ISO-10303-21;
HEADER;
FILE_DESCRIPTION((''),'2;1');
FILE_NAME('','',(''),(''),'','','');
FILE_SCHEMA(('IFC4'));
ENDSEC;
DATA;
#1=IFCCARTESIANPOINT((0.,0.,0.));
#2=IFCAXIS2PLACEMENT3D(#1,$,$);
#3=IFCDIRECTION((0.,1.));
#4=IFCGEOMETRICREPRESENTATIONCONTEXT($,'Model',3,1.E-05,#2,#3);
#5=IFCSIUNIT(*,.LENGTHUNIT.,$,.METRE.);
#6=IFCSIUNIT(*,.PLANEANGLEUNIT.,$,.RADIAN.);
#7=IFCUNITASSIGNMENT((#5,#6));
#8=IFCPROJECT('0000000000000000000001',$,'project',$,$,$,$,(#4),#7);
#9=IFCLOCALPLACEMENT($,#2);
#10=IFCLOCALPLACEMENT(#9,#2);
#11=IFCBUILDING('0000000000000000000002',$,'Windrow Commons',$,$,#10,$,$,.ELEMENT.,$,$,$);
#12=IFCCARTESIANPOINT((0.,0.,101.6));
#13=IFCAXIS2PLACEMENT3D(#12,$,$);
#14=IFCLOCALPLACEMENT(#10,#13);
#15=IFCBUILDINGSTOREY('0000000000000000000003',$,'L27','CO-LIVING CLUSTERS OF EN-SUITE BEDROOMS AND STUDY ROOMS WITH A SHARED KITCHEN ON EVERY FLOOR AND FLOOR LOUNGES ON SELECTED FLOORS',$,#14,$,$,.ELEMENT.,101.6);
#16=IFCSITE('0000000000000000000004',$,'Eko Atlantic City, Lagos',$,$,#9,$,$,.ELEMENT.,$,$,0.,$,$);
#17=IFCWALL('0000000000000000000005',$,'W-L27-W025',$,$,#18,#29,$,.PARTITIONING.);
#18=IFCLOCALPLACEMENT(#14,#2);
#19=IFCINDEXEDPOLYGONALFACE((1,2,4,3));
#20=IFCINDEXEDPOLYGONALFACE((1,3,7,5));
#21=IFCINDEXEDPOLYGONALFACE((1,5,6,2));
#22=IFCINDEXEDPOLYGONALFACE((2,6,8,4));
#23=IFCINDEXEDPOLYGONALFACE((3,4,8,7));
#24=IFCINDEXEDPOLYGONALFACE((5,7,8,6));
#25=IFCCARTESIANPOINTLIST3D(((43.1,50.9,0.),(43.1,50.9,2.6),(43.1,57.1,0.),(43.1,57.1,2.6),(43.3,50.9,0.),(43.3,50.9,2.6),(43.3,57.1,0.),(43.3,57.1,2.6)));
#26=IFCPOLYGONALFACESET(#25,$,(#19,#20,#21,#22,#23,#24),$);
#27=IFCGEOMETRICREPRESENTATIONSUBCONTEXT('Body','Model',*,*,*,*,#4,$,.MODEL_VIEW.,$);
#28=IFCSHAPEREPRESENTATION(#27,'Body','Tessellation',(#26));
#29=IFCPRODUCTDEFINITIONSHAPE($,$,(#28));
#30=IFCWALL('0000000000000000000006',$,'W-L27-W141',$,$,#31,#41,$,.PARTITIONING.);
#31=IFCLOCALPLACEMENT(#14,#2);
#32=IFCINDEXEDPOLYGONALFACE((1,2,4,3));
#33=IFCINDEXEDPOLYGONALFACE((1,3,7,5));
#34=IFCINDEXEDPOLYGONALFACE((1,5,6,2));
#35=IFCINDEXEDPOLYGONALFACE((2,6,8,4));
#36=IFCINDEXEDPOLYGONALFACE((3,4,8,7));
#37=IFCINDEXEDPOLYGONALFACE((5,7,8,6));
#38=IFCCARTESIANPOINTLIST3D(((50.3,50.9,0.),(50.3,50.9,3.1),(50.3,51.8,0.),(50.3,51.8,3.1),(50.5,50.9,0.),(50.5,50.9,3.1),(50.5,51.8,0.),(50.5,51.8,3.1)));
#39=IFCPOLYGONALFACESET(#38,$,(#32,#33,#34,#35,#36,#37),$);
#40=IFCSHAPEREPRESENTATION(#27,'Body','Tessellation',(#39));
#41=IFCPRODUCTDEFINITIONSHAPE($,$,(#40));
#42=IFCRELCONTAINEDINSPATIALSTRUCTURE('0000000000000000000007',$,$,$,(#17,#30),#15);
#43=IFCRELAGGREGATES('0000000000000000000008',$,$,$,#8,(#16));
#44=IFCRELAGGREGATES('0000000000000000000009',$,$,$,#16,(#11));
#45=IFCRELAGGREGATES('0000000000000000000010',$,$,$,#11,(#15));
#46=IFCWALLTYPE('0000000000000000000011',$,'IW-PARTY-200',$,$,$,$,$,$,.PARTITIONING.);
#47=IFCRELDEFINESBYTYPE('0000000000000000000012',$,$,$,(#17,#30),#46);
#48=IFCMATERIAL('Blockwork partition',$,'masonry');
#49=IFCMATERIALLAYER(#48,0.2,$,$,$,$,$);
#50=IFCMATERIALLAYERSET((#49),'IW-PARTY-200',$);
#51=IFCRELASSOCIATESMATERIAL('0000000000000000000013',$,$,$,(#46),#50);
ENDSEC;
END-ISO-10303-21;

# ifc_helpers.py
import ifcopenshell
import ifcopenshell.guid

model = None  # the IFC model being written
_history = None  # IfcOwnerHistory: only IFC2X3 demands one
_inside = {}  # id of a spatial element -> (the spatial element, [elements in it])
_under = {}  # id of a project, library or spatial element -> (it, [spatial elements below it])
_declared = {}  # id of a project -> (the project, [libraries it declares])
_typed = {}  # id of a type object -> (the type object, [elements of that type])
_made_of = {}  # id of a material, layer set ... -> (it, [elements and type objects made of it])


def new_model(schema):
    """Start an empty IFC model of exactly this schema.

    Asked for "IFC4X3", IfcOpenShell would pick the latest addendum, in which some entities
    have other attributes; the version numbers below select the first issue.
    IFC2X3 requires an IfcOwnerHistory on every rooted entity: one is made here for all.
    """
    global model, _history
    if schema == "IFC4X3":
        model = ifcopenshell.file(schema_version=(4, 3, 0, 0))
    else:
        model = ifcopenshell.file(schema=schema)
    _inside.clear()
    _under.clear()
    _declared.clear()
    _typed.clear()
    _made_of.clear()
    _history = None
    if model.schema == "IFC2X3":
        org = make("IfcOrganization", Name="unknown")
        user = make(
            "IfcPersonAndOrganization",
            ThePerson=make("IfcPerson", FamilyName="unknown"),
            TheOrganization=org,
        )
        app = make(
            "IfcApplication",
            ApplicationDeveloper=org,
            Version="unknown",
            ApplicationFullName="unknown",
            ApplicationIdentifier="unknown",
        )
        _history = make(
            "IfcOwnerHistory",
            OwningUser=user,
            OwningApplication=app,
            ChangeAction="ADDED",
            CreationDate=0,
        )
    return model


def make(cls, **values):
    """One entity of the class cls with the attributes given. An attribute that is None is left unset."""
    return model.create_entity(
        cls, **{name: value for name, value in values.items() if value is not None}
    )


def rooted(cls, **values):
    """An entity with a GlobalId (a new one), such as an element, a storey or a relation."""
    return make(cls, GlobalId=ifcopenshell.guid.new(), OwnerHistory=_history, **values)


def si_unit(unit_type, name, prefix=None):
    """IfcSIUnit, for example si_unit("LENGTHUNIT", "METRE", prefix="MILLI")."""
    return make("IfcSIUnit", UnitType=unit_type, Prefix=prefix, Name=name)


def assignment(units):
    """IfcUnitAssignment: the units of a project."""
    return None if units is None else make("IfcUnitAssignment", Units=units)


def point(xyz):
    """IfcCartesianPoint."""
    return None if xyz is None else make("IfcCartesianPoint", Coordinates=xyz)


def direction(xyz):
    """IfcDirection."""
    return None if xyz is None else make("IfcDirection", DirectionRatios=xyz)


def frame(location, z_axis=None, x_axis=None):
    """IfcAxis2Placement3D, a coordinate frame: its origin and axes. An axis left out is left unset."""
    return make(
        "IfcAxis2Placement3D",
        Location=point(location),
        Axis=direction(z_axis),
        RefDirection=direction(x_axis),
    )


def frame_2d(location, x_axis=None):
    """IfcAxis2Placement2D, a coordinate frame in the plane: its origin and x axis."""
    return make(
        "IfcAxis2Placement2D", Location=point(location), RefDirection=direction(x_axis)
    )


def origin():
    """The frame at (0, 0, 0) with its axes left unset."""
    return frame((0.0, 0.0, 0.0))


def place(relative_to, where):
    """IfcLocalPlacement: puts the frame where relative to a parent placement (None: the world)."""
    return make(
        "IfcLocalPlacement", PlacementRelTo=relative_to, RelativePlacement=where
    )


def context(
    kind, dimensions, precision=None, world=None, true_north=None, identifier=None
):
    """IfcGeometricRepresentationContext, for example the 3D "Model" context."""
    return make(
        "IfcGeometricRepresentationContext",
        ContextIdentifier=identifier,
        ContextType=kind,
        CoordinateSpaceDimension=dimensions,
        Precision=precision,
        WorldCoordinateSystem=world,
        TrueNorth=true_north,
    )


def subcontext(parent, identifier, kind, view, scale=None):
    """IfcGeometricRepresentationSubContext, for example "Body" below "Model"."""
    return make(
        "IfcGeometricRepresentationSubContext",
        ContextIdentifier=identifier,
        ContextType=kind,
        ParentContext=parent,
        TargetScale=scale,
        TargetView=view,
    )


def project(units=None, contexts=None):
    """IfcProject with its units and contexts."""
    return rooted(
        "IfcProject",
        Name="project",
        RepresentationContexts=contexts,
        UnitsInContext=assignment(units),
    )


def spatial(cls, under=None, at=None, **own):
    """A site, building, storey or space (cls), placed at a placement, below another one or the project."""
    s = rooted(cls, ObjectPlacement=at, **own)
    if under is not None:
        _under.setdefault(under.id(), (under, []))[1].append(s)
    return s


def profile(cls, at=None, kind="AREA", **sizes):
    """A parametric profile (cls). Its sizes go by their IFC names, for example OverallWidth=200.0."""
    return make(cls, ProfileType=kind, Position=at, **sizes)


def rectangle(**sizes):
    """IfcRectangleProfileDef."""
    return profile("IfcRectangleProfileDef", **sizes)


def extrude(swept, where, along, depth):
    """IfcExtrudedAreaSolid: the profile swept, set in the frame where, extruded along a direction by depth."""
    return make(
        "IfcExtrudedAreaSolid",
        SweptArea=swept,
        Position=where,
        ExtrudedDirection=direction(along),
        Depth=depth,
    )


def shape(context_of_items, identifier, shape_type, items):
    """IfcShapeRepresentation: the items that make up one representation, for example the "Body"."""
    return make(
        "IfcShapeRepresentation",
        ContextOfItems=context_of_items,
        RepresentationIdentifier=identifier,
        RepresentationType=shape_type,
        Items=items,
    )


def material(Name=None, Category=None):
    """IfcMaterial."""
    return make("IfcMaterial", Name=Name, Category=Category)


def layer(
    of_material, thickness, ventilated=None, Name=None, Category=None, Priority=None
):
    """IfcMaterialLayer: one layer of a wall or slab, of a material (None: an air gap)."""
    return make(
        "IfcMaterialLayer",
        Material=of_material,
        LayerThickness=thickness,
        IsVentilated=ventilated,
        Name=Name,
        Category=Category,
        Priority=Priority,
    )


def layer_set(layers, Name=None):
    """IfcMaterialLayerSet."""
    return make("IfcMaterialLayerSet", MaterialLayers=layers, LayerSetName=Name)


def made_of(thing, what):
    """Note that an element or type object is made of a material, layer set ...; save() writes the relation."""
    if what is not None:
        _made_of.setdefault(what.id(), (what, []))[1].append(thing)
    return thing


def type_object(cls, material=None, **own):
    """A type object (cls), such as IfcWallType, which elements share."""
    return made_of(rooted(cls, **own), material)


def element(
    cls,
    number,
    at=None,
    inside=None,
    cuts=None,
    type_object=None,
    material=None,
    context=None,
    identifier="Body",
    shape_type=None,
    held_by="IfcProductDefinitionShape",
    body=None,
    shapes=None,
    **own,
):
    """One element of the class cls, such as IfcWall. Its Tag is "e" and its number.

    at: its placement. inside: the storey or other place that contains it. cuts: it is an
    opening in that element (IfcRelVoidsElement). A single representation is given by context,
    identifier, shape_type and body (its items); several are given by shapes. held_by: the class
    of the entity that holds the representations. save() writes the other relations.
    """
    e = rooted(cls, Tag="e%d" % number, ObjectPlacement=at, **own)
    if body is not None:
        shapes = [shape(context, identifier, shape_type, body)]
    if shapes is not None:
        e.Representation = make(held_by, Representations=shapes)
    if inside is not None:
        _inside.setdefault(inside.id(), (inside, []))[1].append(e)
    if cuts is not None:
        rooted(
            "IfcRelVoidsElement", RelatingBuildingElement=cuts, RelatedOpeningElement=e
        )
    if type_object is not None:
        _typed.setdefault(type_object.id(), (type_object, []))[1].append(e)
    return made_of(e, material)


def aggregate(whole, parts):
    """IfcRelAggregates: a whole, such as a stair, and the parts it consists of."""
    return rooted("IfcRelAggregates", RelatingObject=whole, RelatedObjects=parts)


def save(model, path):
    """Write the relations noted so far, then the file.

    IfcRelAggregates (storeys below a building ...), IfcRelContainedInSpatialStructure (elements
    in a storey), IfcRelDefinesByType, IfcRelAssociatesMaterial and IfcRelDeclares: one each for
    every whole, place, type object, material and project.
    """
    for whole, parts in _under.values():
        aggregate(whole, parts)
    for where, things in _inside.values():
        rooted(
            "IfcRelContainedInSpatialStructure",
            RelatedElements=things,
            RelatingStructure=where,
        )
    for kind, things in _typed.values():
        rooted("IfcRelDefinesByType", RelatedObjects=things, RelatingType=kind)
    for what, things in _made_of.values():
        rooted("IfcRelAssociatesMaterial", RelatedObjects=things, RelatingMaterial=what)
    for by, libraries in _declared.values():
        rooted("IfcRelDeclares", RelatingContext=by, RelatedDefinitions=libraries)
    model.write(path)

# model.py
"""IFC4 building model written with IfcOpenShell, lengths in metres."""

from ifc_helpers import new_model, si_unit, direction, frame, frame_2d, origin, place, context, subcontext, project, spatial, rectangle, extrude, material, layer, layer_set, type_object, element, save


model = new_model("IFC4")

# Units and contexts
model_context = context("Model", 3, precision=1e-05, world=origin(), true_north=direction((0.0, 1.0)))
body_context = subcontext(model_context, "Body", "Model", "MODEL_VIEW")
ifc_project = project(units=[si_unit("LENGTHUNIT", "METRE"), si_unit("PLANEANGLEUNIT", "RADIAN")], contexts=[model_context])

# Site, building, storey
site_placement = place(None, origin())
site = spatial("IfcSite", under=ifc_project, at=site_placement, Name="Eko Atlantic City, Lagos", CompositionType="ELEMENT", RefElevation=0.0)
building_placement = place(site_placement, origin())
building = spatial("IfcBuilding", under=site, at=building_placement, Name="Windrow Commons", CompositionType="ELEMENT")
storey_placement = place(building_placement, frame((0.0, 0.0, 101.6)))
storey = spatial("IfcBuildingStorey", under=building, at=storey_placement, Name="L27", Description="CO-LIVING CLUSTERS OF EN-SUITE BEDROOMS AND STUDY ROOMS WITH A SHARED KITCHEN ON EVERY FLOOR AND FLOOR LOUNGES ON SELECTED FLOORS", CompositionType="ELEMENT", Elevation=101.6)

# Walls
ifc_material_1 = material(Name="Blockwork partition", Category="masonry")
ifc_layer_1 = layer(ifc_material_1, 0.2)
ifc_layer_set_1 = layer_set([ifc_layer_1], Name="IW-PARTY-200")
wall_type_1 = type_object("IfcWallType", Name="IW-PARTY-200", PredefinedType="PARTITIONING", material=ifc_layer_set_1)
wall_1_placement = place(storey_placement, frame((43.2, 50.9, 0.0), z_axis=(0.0, 0.0, 1.0), x_axis=(0.0, 1.0, 0.0)))
element("IfcWall", 1, at=wall_1_placement, inside=storey, type_object=wall_type_1, Name="W-L27-W025", PredefinedType="PARTITIONING", context=body_context, shape_type="SweptSolid", body=[
    extrude(rectangle(XDim=6.2, YDim=0.2, at=frame_2d((3.1, 0.0))), origin(), (0.0, 0.0, 1.0), 2.6),
])
wall_2_placement = place(storey_placement, frame((50.4, 50.9, 0.0), z_axis=(0.0, 0.0, 1.0), x_axis=(0.0, 1.0, 0.0)))
element("IfcWall", 2, at=wall_2_placement, inside=storey, type_object=wall_type_1, Name="W-L27-W141", PredefinedType="PARTITIONING", context=body_context, shape_type="SweptSolid", body=[
    extrude(rectangle(XDim=0.9, YDim=0.2, at=frame_2d((0.45, 0.0))), origin(), (0.0, 0.0, 1.0), 3.1),
])

save(model, "model.ifc")
